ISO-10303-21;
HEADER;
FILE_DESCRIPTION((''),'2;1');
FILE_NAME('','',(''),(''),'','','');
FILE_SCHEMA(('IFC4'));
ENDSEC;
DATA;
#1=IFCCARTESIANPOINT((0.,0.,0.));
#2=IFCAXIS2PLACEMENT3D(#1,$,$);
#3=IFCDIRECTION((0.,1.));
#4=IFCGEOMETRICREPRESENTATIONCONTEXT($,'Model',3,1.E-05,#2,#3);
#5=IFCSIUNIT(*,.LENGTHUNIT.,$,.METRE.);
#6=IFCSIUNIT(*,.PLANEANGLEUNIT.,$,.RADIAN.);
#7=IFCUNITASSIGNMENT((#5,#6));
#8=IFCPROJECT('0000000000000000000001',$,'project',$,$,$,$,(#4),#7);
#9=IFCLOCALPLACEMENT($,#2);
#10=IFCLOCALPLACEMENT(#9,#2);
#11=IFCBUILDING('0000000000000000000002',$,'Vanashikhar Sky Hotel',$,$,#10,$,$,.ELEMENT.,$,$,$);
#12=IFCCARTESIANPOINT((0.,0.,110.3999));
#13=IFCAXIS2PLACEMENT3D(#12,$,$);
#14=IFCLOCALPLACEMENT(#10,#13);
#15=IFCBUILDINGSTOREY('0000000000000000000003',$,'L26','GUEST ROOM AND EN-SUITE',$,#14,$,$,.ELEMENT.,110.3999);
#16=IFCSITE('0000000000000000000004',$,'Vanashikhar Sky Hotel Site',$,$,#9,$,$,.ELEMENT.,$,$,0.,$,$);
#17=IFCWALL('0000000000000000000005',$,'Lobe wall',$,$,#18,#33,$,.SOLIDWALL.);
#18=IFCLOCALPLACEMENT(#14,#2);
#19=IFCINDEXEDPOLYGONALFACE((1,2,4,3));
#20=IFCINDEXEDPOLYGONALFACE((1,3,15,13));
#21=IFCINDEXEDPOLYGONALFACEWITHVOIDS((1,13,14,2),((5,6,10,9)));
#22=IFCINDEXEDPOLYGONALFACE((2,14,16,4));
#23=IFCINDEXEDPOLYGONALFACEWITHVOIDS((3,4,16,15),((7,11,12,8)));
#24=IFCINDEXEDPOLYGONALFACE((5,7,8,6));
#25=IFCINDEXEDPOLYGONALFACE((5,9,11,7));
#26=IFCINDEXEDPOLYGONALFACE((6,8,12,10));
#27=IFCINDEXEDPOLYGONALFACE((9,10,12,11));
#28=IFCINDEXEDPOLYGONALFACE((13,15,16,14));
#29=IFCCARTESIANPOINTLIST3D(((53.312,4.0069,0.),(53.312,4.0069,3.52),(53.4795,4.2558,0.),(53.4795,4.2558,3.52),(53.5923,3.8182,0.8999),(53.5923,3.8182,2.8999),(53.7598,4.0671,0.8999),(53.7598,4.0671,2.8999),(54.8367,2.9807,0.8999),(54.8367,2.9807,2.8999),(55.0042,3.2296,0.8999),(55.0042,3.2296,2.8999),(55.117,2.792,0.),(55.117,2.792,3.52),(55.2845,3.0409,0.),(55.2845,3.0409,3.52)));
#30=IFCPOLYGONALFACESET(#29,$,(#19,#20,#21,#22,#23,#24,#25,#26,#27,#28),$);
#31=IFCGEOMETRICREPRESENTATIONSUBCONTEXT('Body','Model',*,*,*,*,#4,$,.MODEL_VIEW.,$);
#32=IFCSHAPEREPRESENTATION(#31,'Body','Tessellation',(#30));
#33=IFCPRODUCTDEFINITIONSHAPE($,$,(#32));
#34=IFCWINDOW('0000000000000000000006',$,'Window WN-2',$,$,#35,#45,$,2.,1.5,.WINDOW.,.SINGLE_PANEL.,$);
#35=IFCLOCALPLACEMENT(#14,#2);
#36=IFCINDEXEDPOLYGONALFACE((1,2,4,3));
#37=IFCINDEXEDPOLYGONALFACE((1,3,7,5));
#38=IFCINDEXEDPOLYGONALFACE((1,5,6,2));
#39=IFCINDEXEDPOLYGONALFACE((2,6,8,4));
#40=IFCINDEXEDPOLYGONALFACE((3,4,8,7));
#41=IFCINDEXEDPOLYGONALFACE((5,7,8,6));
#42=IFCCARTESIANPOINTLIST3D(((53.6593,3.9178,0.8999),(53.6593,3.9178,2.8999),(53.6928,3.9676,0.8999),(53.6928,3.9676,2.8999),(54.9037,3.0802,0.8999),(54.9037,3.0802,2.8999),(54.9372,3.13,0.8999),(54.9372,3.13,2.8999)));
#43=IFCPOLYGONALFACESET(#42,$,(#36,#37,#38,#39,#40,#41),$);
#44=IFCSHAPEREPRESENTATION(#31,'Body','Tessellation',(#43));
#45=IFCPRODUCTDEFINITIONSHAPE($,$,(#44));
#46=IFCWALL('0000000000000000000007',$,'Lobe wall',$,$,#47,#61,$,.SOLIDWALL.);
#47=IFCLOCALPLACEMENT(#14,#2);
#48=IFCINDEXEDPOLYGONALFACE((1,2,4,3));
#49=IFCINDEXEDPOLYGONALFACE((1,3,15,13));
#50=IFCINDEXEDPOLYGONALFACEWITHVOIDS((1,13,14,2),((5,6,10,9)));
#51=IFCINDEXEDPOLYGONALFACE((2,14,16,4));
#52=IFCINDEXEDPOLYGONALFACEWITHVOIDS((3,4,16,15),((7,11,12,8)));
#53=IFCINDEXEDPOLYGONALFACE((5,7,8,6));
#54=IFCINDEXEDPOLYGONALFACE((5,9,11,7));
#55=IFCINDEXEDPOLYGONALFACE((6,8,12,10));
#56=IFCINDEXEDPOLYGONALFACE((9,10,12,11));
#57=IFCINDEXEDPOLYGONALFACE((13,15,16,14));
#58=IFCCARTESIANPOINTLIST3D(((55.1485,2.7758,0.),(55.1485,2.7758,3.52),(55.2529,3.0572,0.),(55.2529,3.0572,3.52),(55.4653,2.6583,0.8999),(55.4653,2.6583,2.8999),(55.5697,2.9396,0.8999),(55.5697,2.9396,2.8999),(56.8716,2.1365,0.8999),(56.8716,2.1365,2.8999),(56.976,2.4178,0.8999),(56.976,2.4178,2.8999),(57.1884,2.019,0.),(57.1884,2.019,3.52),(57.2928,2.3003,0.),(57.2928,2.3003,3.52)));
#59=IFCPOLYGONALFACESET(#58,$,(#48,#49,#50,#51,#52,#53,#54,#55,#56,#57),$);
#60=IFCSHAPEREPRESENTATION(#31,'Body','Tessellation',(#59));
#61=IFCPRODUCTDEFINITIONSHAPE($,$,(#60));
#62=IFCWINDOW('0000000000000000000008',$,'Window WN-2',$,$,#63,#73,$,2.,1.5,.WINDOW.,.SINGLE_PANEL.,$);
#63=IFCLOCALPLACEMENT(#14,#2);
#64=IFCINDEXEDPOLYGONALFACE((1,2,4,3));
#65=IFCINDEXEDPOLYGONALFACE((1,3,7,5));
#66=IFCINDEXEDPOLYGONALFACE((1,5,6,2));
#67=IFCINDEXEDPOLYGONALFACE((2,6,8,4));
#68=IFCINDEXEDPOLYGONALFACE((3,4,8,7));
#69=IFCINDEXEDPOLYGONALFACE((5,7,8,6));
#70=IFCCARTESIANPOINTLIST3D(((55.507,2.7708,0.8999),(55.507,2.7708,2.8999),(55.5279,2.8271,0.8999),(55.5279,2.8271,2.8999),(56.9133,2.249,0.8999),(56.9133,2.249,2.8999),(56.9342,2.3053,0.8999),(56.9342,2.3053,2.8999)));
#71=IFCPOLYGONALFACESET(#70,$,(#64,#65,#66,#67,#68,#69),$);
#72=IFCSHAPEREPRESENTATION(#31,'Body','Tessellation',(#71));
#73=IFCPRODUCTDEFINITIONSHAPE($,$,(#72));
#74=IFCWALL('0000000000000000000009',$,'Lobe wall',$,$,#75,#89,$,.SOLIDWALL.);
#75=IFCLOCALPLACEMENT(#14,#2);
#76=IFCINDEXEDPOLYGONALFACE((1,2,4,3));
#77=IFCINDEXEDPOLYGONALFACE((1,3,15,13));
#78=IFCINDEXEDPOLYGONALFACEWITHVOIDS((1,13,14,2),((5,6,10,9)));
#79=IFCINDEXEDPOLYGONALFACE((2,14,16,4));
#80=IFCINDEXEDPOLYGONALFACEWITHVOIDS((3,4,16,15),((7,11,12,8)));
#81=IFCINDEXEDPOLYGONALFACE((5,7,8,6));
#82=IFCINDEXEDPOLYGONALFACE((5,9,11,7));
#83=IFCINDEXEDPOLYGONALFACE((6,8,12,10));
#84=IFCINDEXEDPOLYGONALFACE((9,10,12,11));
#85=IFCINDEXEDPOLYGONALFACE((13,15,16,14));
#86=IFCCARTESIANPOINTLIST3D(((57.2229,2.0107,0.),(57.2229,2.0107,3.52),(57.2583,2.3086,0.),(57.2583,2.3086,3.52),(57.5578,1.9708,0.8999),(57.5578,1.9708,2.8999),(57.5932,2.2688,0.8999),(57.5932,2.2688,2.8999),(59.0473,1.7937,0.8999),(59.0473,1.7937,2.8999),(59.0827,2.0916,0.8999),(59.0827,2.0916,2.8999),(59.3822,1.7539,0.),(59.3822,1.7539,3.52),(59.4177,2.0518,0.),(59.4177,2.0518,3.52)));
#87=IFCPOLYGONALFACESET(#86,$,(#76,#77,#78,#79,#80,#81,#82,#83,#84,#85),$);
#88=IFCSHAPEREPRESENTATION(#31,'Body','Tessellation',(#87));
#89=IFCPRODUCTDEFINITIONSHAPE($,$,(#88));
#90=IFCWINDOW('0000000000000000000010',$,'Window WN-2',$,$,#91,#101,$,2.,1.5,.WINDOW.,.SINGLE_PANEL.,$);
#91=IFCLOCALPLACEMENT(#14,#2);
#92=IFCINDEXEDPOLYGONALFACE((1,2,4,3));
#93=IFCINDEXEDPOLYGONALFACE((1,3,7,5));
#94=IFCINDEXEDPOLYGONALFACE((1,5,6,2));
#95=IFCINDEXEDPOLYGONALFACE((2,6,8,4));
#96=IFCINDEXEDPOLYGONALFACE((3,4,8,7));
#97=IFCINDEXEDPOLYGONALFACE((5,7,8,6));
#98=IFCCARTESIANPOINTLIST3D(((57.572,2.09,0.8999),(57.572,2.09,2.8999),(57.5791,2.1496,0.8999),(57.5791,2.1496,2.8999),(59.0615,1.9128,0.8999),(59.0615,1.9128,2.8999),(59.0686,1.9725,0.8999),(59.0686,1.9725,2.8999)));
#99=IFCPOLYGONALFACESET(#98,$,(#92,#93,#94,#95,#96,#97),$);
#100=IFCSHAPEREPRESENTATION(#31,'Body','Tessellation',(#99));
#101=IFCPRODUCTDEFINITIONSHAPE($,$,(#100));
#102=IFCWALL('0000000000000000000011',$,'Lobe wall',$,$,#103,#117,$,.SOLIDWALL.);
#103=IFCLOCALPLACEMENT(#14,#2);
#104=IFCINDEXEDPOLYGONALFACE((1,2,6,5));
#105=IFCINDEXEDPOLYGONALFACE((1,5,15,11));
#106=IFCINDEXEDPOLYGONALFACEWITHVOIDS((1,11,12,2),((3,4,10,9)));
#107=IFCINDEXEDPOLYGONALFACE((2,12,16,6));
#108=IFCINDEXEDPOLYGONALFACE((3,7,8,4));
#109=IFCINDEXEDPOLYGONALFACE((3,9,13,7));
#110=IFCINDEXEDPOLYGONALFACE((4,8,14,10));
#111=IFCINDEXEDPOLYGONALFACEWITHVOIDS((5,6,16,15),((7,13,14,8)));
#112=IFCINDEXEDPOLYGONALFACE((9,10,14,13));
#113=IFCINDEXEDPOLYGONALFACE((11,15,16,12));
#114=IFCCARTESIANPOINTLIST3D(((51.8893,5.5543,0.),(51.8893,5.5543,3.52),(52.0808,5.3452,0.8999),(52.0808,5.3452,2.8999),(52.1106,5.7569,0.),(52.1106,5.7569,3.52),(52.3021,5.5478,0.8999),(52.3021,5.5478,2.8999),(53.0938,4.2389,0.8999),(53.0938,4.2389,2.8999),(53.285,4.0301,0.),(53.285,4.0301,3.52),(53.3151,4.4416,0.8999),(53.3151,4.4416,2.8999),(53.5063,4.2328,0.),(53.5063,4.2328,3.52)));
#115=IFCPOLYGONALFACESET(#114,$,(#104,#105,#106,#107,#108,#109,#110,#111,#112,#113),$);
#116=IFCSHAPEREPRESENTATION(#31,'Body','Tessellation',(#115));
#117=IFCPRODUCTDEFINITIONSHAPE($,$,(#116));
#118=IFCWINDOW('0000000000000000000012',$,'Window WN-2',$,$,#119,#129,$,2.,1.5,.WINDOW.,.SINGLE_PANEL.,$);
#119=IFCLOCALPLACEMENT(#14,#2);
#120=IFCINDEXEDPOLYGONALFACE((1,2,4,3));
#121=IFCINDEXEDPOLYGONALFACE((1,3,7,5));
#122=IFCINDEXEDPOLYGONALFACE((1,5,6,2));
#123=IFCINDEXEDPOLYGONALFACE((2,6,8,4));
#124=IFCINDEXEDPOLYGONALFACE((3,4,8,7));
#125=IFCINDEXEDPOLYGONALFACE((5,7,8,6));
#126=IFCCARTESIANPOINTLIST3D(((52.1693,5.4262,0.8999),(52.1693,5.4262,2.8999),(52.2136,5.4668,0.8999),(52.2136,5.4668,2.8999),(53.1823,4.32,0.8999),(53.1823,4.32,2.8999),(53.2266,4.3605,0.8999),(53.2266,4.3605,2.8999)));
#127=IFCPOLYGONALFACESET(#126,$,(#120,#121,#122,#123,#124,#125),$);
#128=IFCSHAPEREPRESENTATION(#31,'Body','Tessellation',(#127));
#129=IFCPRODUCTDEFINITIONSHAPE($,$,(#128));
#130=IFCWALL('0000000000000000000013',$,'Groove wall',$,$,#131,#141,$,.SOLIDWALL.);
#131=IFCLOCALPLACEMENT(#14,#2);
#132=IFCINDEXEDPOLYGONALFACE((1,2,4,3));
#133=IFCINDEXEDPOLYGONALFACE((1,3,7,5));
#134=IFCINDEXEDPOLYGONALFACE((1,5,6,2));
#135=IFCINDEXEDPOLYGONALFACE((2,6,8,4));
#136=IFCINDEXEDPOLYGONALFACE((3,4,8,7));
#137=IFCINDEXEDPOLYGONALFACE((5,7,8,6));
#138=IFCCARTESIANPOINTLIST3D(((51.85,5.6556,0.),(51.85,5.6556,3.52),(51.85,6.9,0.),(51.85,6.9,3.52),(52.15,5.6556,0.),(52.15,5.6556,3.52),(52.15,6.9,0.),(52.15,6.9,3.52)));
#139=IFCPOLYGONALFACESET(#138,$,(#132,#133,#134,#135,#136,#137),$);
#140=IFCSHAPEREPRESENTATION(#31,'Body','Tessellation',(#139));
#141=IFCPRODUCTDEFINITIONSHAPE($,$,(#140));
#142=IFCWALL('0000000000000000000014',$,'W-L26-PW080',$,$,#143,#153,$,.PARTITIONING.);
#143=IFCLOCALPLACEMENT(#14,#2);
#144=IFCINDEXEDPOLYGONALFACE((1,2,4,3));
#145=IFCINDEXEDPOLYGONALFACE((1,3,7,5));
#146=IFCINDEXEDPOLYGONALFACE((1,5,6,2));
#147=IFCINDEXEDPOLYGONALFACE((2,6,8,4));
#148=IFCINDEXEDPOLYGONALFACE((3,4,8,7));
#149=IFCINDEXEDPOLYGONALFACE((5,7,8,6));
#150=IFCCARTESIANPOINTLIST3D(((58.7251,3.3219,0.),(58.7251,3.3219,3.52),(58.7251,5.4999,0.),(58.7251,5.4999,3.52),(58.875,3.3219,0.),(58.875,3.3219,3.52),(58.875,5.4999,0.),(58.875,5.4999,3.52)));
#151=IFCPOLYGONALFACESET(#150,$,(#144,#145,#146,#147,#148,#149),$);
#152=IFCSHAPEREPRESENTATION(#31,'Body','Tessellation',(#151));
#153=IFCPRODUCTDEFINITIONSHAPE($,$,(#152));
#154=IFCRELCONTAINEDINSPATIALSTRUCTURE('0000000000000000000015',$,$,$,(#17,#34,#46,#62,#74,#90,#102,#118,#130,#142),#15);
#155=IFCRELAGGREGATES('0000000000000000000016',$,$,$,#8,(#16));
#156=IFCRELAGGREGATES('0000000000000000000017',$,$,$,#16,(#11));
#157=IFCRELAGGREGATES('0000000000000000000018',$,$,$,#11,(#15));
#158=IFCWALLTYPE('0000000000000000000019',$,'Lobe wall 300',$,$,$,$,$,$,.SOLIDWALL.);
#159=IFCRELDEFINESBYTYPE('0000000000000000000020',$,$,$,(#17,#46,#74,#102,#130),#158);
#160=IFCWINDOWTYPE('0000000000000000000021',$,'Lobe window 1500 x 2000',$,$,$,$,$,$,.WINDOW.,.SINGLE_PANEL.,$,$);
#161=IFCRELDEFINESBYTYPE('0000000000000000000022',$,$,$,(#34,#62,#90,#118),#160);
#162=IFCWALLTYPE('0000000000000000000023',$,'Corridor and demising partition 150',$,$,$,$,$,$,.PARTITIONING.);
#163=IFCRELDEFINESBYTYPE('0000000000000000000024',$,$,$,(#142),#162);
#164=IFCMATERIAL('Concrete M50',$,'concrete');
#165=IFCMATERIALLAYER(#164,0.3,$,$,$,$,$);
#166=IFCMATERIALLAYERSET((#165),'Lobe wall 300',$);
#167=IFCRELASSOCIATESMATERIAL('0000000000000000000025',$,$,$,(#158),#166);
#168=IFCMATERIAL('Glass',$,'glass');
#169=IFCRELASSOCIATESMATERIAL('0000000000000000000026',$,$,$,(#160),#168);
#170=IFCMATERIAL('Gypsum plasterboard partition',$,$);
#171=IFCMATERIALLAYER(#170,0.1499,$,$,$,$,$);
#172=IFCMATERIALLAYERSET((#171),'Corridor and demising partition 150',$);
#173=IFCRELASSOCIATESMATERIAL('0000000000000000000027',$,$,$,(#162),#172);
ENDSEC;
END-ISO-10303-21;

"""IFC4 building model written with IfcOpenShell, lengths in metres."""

from ifc_helpers import new_model, si_unit, direction, frame, frame_2d, origin, place, context, subcontext, project, spatial, rectangle, extrude, source, transform, mapped, material, layer, layer_set, type_object, element, fill, save


model = new_model("IFC4")

# Units and contexts
model_context = context("Model", 3, precision=1e-05, world=origin(), true_north=direction((0.0, 1.0)))
body_context = subcontext(model_context, "Body", "Model", "MODEL_VIEW")
ifc_project = project(units=[si_unit("LENGTHUNIT", "METRE"), si_unit("PLANEANGLEUNIT", "RADIAN")], contexts=[model_context])

# Site, building, storey
site_placement = place(None, origin())
site = spatial("IfcSite", under=ifc_project, at=site_placement, Name="Vanashikhar Sky Hotel Site", CompositionType="ELEMENT", RefElevation=0.0)
building_placement = place(site_placement, origin())
building = spatial("IfcBuilding", under=site, at=building_placement, Name="Vanashikhar Sky Hotel", CompositionType="ELEMENT")
storey_placement = place(building_placement, frame((0.0, 0.0, 110.3999)))
storey = spatial("IfcBuildingStorey", under=building, at=storey_placement, Name="L26", Description="GUEST ROOM AND EN-SUITE", CompositionType="ELEMENT", Elevation=110.3999)

# Walls, openings, windows
ifc_material_1 = material(Name="Concrete M50", Category="concrete")
ifc_layer_1 = layer(ifc_material_1, 0.3)
ifc_layer_set_1 = layer_set([ifc_layer_1], Name="Lobe wall 300")
wall_type_1 = type_object("IfcWallType", Name="Lobe wall 300", PredefinedType="SOLIDWALL", material=ifc_layer_set_1)
shared_shape_1 = source(origin(), body_context, "Body", "SweptSolid", [
    extrude(rectangle(XDim=2.1758, YDim=0.3, at=frame_2d((1.0879, 0.0))), origin(), (0.0, 0.0, 1.0), 3.52),
])
wall_1_placement = place(storey_placement, frame((53.3958, 4.1313, 0.0), z_axis=(0.0, 0.0, 1.0), x_axis=(0.829591, -0.558372, 0.0)))
wall_1 = element("IfcWall", 1, at=wall_1_placement, inside=storey, type_object=wall_type_1, Name="Lobe wall", PredefinedType="SOLIDWALL", context=body_context, shape_type="MappedRepresentation", body=[
    mapped(shared_shape_1, transform((0.0, 0.0, 0.0), scale=1.0)),
])
shared_shape_2 = source(origin(), body_context, "Body", "SweptSolid", [
    extrude(rectangle(XDim=1.5, YDim=2.0, at=frame_2d((0.75, 1.0))), frame((0.0, 0.1602, 0.0), z_axis=(0.0, -1.0, 0.0), x_axis=(1.0, 0.0, 0.0)), (0.0, 0.0, 1.0), 0.3201),
])
opening_1_placement = place(wall_1_placement, frame((0.3379, 0.0, 0.8999)))
opening_1 = element("IfcOpeningElement", 2, at=opening_1_placement, cuts=wall_1, PredefinedType="OPENING", context=body_context, shape_type="MappedRepresentation", body=[
    mapped(shared_shape_2, transform((0.0, 0.0, 0.0), scale=1.0)),
])
ifc_material_2 = material(Name="Glass", Category="glass")
window_type = type_object("IfcWindowType", Name="Lobe window 1500 x 2000", PartitioningType="SINGLE_PANEL", PredefinedType="WINDOW", material=ifc_material_2)
shared_shape_3 = source(origin(), body_context, "Body", "SweptSolid", [
    extrude(rectangle(XDim=1.5, YDim=2.0, at=frame_2d((0.75, 1.0))), frame((0.0, 0.03, 0.0), z_axis=(0.0, -1.0, 0.0), x_axis=(1.0, 0.0, 0.0)), (0.0, 0.0, 1.0), 0.0601),
])
window_1_placement = place(opening_1_placement, origin())
window_1 = element("IfcWindow", 3, at=window_1_placement, inside=storey, type_object=window_type, Name="Window WN-2", OverallHeight=2.0, OverallWidth=1.5, PartitioningType="SINGLE_PANEL", PredefinedType="WINDOW", context=body_context, shape_type="MappedRepresentation", body=[
    mapped(shared_shape_3, transform((0.0, 0.0, 0.0), scale=1.0)),
])
fill(opening_1, window_1)
wall_2_placement = place(storey_placement, frame((55.2007, 2.9165, 0.0), z_axis=(0.0, 0.0, 1.0), x_axis=(0.937546, -0.347863, 0.0)))
wall_2 = element("IfcWall", 4, at=wall_2_placement, inside=storey, type_object=wall_type_1, Name="Lobe wall", PredefinedType="SOLIDWALL", context=body_context, shape_type="MappedRepresentation", body=[
    mapped(shared_shape_1, transform((0.0, 0.0, 0.0), scale=1.0)),
])
opening_2_placement = place(wall_2_placement, frame((0.3379, 0.0, 0.8999)))
opening_2 = element("IfcOpeningElement", 5, at=opening_2_placement, cuts=wall_2, PredefinedType="OPENING", context=body_context, shape_type="MappedRepresentation", body=[
    mapped(shared_shape_2, transform((0.0, 0.0, 0.0), scale=1.0)),
])
window_2_placement = place(opening_2_placement, origin())
window_2 = element("IfcWindow", 6, at=window_2_placement, inside=storey, type_object=window_type, Name="Window WN-2", OverallHeight=2.0, OverallWidth=1.5, PartitioningType="SINGLE_PANEL", PredefinedType="WINDOW", context=body_context, shape_type="MappedRepresentation", body=[
    mapped(shared_shape_3, transform((0.0, 0.0, 0.0), scale=1.0)),
])
fill(opening_2, window_2)
shared_shape_4 = source(origin(), body_context, "Body", "SweptSolid", [
    extrude(rectangle(XDim=2.1746, YDim=0.3, at=frame_2d((1.0874, 0.0))), origin(), (0.0, 0.0, 1.0), 3.52),
])
wall_3_placement = place(storey_placement, frame((57.2405, 2.1597, 0.0), z_axis=(0.0, 0.0, 1.0), x_axis=(0.993001, -0.118105, 0.0)))
wall_3 = element("IfcWall", 7, at=wall_3_placement, inside=storey, type_object=wall_type_1, Name="Lobe wall", PredefinedType="SOLIDWALL", context=body_context, shape_type="MappedRepresentation", body=[
    mapped(shared_shape_4, transform((0.0, 0.0, 0.0), scale=1.0)),
])
opening_3_placement = place(wall_3_placement, frame((0.3374, 0.0, 0.8999)))
opening_3 = element("IfcOpeningElement", 8, at=opening_3_placement, cuts=wall_3, PredefinedType="OPENING", context=body_context, shape_type="MappedRepresentation", body=[
    mapped(shared_shape_2, transform((0.0, 0.0, 0.0), scale=1.0)),
])
window_3_placement = place(opening_3_placement, origin())
window_3 = element("IfcWindow", 9, at=window_3_placement, inside=storey, type_object=window_type, Name="Window WN-2", OverallHeight=2.0, OverallWidth=1.5, PartitioningType="SINGLE_PANEL", PredefinedType="WINDOW", context=body_context, shape_type="MappedRepresentation", body=[
    mapped(shared_shape_3, transform((0.0, 0.0, 0.0), scale=1.0)),
])
fill(opening_3, window_3)
shared_shape_5 = source(origin(), body_context, "Body", "SweptSolid", [
    extrude(rectangle(XDim=2.0667, YDim=0.3, at=frame_2d((1.0332, 0.0))), origin(), (0.0, 0.0, 1.0), 3.52),
])
wall_4_placement = place(storey_placement, frame((52.0, 5.6555, 0.0), z_axis=(0.0, 0.0, 1.0), x_axis=(0.675355, -0.737492, 0.0)))
wall_4 = element("IfcWall", 10, at=wall_4_placement, inside=storey, type_object=wall_type_1, Name="Lobe wall", PredefinedType="SOLIDWALL", context=body_context, shape_type="MappedRepresentation", body=[
    mapped(shared_shape_5, transform((0.0, 0.0, 0.0), scale=1.0)),
])
opening_4_placement = place(wall_4_placement, frame((0.2834, 0.0, 0.8999)))
opening_4 = element("IfcOpeningElement", 11, at=opening_4_placement, cuts=wall_4, PredefinedType="OPENING", context=body_context, shape_type="MappedRepresentation", body=[
    mapped(shared_shape_2, transform((0.0, 0.0, 0.0), scale=1.0)),
])
window_4_placement = place(opening_4_placement, origin())
window_4 = element("IfcWindow", 12, at=window_4_placement, inside=storey, type_object=window_type, Name="Window WN-2", OverallHeight=2.0, OverallWidth=1.5, PartitioningType="SINGLE_PANEL", PredefinedType="WINDOW", context=body_context, shape_type="MappedRepresentation", body=[
    mapped(shared_shape_3, transform((0.0, 0.0, 0.0), scale=1.0)),
])
fill(opening_4, window_4)

# Walls
shared_shape_6 = source(origin(), body_context, "Body", "SweptSolid", [
    extrude(rectangle(XDim=1.2444, YDim=0.3, at=frame_2d((0.6221, 0.0))), origin(), (0.0, 0.0, 1.0), 3.52),
])
wall_5_placement = place(storey_placement, frame((52.0, 6.8999, 0.0), z_axis=(0.0, 0.0, 1.0), x_axis=(0.0, -1.0, 0.0)))
element("IfcWall", 13, at=wall_5_placement, inside=storey, type_object=wall_type_1, Name="Groove wall", PredefinedType="SOLIDWALL", context=body_context, shape_type="MappedRepresentation", body=[
    mapped(shared_shape_6, transform((0.0, 0.0, 0.0), scale=1.0)),
])
ifc_material_3 = material(Name="Gypsum plasterboard partition")
ifc_layer_2 = layer(ifc_material_3, 0.1499)
ifc_layer_set_2 = layer_set([ifc_layer_2], Name="Corridor and demising partition 150")
wall_type_2 = type_object("IfcWallType", Name="Corridor and demising partition 150", PredefinedType="PARTITIONING", material=ifc_layer_set_2)
shared_shape_7 = source(origin(), body_context, "Body", "SweptSolid", [
    extrude(rectangle(XDim=2.178, YDim=0.1499, at=frame_2d((1.0889, 0.0))), origin(), (0.0, 0.0, 1.0), 3.52),
])
wall_6_placement = place(storey_placement, frame((58.8, 3.322, 0.0), z_axis=(0.0, 0.0, 1.0), x_axis=(0.0, 1.0, 0.0)))
element("IfcWall", 14, at=wall_6_placement, inside=storey, type_object=wall_type_2, Name="W-L26-PW080", PredefinedType="PARTITIONING", context=body_context, shape_type="MappedRepresentation", body=[
    mapped(shared_shape_7, transform((0.0, 0.0, 0.0), scale=1.0)),
])

save(model, "model.ifc")
